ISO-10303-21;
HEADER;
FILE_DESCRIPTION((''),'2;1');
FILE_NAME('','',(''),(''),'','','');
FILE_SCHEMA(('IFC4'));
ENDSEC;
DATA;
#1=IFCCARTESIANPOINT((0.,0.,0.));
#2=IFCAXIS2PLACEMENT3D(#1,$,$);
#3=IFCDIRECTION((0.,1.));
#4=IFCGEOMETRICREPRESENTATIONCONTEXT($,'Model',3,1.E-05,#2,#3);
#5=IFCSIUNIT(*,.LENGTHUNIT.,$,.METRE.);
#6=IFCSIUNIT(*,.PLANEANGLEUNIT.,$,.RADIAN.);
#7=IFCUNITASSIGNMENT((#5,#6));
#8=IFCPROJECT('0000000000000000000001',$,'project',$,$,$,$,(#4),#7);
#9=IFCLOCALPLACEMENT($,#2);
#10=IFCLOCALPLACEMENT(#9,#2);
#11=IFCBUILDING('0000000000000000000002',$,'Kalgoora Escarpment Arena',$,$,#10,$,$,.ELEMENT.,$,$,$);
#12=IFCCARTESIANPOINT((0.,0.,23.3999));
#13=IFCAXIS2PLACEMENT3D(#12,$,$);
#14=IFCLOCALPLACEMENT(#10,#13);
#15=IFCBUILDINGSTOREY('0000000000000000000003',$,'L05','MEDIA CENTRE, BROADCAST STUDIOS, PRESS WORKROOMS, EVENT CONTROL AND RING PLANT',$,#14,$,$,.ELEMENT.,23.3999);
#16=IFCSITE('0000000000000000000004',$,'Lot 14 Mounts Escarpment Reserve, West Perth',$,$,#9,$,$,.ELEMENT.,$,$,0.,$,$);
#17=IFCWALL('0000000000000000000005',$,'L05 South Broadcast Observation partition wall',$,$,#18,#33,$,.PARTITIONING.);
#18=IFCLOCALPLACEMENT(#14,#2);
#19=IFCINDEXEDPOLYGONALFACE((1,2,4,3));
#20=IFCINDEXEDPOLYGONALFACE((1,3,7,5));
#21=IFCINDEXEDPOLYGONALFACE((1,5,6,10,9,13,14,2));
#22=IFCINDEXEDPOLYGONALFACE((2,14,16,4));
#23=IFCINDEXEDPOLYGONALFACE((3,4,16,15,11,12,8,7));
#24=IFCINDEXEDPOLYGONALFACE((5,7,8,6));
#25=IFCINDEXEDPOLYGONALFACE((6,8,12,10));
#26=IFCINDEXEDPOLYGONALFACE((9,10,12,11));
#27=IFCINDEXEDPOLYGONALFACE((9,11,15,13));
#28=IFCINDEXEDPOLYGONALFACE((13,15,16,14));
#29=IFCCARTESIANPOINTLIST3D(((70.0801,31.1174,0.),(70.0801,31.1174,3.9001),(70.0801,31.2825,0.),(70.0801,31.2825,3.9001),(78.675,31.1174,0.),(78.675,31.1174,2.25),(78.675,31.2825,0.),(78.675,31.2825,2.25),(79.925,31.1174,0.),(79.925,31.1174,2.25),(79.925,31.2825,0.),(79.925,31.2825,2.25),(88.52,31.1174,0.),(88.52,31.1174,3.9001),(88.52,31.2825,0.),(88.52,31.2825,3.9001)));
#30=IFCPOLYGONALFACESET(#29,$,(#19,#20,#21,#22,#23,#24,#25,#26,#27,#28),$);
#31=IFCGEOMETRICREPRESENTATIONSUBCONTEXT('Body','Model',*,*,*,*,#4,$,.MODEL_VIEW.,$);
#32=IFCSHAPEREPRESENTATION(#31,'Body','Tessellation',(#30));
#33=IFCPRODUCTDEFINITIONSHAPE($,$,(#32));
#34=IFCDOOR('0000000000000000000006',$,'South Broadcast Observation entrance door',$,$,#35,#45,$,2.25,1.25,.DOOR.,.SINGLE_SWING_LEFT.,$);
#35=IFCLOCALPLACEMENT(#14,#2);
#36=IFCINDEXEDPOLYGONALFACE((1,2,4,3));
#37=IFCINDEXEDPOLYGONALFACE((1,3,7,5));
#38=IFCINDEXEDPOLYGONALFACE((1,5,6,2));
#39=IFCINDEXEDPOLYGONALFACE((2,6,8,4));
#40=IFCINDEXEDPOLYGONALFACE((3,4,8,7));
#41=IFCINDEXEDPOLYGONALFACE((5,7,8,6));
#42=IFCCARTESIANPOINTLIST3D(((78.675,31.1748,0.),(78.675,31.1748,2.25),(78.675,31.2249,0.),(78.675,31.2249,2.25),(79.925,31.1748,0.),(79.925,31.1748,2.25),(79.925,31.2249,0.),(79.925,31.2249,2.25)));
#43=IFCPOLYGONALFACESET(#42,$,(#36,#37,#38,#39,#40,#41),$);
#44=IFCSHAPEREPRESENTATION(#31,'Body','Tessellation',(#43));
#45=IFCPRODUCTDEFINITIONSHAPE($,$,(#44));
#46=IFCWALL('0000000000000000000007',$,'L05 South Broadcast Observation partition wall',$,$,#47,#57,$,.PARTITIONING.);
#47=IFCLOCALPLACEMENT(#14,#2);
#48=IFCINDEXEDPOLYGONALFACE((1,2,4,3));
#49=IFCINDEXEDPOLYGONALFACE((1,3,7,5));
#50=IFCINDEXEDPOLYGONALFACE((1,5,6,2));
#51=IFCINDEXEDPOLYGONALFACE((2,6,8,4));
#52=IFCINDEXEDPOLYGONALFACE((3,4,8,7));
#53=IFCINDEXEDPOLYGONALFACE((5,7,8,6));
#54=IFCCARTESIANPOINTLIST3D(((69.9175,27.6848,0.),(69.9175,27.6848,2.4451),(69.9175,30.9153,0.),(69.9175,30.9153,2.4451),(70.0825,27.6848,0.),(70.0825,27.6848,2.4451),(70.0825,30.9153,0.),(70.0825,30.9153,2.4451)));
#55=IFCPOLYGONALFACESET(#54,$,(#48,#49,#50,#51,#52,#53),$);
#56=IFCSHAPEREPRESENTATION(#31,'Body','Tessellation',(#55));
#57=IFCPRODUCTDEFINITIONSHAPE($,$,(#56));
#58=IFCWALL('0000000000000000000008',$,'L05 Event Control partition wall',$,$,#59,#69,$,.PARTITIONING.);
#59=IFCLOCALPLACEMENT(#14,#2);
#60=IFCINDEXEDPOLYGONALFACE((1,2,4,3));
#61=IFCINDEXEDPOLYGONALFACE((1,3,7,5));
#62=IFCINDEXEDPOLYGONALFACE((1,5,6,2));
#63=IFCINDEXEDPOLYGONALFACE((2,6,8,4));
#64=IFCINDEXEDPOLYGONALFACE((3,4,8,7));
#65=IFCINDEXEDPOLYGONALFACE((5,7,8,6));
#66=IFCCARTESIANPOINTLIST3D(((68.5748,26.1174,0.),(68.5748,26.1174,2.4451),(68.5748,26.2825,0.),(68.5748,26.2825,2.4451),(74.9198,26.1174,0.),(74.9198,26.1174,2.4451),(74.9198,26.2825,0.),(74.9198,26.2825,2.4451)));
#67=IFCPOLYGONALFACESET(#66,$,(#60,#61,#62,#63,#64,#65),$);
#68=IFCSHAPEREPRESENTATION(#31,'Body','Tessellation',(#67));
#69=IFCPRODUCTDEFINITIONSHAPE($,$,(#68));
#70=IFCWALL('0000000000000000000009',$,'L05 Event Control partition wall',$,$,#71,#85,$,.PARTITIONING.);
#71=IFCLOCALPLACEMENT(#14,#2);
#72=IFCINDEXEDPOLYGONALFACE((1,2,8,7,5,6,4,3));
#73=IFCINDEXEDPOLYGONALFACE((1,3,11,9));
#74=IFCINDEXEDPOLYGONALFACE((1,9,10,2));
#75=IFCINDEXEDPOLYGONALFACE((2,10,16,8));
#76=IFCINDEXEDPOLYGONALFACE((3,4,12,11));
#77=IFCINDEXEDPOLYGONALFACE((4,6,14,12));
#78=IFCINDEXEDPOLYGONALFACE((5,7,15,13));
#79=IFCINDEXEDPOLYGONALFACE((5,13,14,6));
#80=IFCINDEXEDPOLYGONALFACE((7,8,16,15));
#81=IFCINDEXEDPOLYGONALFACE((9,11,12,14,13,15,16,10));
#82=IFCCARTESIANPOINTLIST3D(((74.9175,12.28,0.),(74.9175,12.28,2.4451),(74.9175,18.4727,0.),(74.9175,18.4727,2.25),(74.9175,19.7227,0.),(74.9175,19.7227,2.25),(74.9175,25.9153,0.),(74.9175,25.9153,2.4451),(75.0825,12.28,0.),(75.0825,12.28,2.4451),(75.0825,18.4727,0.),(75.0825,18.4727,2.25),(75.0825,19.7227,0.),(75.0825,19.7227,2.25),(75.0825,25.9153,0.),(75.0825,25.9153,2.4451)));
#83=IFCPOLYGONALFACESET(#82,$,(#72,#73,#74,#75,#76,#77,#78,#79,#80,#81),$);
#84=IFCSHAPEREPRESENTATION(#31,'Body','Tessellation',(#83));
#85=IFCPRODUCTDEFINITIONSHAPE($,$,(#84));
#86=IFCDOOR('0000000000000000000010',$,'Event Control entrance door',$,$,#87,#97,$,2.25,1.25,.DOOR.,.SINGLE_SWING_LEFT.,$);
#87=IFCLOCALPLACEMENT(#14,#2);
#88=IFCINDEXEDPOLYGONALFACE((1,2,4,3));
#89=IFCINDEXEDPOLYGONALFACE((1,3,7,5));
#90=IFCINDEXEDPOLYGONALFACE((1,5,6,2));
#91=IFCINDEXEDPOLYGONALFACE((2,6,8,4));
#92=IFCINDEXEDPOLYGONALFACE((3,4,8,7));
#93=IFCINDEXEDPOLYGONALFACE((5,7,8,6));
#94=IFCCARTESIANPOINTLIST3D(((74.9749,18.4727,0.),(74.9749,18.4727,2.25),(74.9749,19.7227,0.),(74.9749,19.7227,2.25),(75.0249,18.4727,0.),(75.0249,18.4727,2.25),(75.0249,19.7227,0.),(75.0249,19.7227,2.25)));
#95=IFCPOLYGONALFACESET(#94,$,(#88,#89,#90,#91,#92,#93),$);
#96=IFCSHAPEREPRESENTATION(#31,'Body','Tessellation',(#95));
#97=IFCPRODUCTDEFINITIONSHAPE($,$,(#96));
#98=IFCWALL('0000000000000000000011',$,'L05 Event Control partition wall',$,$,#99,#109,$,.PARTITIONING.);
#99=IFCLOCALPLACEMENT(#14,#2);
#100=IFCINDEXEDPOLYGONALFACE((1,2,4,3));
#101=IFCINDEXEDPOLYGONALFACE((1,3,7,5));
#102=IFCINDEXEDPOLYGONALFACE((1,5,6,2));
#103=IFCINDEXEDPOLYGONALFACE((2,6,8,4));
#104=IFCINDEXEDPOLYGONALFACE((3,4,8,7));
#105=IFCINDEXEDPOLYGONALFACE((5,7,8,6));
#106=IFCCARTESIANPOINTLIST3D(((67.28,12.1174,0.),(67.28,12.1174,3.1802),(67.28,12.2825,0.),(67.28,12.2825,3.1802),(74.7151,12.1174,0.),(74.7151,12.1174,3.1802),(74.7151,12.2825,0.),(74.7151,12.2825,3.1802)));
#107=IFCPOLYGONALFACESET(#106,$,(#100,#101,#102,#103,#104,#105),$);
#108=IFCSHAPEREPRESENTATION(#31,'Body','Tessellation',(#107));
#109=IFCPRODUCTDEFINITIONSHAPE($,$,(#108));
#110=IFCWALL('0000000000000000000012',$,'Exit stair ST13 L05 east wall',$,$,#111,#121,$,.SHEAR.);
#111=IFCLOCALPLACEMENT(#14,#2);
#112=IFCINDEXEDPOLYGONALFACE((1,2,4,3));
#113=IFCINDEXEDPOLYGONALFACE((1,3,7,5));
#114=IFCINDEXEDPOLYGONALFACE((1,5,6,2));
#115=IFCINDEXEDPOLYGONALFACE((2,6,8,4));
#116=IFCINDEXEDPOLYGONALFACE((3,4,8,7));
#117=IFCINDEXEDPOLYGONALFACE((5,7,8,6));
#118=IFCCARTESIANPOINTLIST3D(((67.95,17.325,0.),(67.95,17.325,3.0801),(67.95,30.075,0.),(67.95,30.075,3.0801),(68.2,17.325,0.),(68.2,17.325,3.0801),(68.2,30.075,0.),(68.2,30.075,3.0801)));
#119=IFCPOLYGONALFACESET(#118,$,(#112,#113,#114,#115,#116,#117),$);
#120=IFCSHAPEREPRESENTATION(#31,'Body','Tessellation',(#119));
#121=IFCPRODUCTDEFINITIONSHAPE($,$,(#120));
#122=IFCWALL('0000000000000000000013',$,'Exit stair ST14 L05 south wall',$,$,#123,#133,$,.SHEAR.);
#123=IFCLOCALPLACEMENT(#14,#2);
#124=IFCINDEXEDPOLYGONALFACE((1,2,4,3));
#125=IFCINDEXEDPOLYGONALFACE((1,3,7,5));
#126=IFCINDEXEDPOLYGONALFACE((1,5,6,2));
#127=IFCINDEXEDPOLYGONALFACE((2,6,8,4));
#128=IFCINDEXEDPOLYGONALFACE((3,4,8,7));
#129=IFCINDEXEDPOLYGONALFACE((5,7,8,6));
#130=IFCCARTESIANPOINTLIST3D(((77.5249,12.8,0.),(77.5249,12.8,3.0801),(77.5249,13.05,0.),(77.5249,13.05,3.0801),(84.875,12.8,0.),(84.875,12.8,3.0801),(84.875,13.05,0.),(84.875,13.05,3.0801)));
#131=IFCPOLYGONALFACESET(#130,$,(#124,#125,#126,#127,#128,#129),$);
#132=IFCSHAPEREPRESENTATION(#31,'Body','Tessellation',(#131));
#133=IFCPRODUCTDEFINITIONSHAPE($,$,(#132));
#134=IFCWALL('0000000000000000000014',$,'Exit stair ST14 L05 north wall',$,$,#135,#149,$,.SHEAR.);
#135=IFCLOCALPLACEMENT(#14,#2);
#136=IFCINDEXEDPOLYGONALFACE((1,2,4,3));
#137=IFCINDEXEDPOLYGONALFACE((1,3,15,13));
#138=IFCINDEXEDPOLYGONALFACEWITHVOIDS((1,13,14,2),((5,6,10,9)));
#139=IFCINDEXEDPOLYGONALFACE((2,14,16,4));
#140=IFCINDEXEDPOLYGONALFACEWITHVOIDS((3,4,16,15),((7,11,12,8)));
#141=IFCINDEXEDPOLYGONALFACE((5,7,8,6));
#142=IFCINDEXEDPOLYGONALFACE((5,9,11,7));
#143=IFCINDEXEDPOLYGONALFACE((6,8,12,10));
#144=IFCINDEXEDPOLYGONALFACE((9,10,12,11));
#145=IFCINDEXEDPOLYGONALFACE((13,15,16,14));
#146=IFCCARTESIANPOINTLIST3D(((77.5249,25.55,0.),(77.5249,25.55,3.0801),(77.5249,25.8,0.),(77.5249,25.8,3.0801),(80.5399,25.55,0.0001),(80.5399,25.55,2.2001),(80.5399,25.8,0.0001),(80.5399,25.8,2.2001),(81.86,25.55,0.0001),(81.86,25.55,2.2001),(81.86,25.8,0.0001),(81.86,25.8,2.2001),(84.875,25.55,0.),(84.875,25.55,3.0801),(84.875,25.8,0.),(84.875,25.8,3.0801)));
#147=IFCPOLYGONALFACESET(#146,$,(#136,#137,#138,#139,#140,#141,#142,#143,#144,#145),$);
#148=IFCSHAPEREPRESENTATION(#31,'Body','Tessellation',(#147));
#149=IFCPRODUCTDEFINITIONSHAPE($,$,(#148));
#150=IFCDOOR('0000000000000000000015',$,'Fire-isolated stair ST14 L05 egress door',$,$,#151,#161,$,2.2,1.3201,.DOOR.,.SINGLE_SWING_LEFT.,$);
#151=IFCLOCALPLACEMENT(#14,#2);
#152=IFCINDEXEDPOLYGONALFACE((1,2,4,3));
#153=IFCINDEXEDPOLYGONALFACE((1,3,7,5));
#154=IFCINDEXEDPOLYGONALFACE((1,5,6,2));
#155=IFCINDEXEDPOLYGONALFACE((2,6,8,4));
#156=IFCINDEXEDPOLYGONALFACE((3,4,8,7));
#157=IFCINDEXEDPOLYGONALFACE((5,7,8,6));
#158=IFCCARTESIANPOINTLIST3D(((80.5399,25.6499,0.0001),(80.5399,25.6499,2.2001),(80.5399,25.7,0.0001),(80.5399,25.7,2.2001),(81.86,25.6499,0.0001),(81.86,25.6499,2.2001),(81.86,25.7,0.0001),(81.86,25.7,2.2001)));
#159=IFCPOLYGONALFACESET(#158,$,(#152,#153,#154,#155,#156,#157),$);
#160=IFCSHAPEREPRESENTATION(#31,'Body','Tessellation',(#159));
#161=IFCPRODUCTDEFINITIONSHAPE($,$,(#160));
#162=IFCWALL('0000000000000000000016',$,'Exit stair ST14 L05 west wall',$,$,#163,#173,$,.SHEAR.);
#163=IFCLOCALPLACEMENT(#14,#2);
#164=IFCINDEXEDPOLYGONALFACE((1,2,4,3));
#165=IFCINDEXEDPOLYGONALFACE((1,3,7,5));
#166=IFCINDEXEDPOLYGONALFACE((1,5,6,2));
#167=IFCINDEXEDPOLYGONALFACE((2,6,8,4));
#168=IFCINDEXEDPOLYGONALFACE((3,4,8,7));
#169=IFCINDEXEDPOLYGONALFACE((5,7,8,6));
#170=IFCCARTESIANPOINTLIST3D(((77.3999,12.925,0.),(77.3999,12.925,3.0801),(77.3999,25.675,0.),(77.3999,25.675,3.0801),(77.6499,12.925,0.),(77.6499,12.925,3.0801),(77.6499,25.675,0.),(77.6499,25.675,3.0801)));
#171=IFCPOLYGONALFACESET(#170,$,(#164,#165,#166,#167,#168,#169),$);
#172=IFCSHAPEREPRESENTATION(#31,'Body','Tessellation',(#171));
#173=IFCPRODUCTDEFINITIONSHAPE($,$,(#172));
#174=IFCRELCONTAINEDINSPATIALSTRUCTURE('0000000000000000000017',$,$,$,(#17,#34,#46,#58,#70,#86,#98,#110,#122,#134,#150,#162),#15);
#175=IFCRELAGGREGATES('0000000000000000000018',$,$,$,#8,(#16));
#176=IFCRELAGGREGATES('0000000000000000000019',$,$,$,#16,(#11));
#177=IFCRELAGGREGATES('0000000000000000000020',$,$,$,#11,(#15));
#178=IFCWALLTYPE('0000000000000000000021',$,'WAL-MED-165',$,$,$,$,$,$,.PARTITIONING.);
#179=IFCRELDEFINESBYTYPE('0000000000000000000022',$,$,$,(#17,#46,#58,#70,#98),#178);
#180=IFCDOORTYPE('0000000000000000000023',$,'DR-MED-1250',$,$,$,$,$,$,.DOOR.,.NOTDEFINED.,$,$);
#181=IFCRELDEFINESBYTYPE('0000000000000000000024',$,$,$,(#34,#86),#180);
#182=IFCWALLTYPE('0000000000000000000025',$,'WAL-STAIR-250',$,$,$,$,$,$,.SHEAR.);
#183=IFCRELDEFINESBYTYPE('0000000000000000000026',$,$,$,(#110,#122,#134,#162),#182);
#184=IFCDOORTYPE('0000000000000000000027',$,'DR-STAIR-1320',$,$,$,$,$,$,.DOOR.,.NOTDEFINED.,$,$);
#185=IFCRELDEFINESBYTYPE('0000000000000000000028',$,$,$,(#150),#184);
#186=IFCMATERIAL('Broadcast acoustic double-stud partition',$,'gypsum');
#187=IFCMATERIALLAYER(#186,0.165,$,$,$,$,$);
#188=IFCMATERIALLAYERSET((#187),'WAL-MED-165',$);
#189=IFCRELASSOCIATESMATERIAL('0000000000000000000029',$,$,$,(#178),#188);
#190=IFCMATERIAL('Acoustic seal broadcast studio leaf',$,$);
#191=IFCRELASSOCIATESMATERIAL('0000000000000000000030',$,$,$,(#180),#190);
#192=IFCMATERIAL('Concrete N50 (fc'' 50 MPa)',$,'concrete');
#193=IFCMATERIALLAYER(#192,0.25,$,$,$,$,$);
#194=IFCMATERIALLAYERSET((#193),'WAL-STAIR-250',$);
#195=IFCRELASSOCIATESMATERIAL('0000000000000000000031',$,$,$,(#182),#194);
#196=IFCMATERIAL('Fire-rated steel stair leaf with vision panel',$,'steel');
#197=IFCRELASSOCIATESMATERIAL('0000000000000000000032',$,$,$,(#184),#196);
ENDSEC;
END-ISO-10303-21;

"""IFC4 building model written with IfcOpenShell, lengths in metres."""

from ifc_helpers import new_model, si_unit, direction, frame, frame_2d, origin, place, context, subcontext, project, spatial, rectangle, extrude, material, layer, layer_set, type_object, element, fill, save


model = new_model("IFC4")

# Units and contexts
model_context = context("Model", 3, precision=1e-05, world=origin(), true_north=direction((0.0, 1.0)))
body_context = subcontext(model_context, "Body", "Model", "MODEL_VIEW")
ifc_project = project(units=[si_unit("LENGTHUNIT", "METRE"), si_unit("PLANEANGLEUNIT", "RADIAN")], contexts=[model_context])

# Site, building, storey
site_placement = place(None, origin())
site = spatial("IfcSite", under=ifc_project, at=site_placement, Name="Lot 14 Mounts Escarpment Reserve, West Perth", CompositionType="ELEMENT", RefElevation=0.0)
building_placement = place(site_placement, origin())
building = spatial("IfcBuilding", under=site, at=building_placement, Name="Kalgoora Escarpment Arena", CompositionType="ELEMENT")
storey_placement = place(building_placement, frame((0.0, 0.0, 23.3999)))
storey = spatial("IfcBuildingStorey", under=building, at=storey_placement, Name="L05", Description="MEDIA CENTRE, BROADCAST STUDIOS, PRESS WORKROOMS, EVENT CONTROL AND RING PLANT", CompositionType="ELEMENT", Elevation=23.3999)

# Wall, opening, door
ifc_material_1 = material(Name="Broadcast acoustic double-stud partition", Category="gypsum")
ifc_layer_1 = layer(ifc_material_1, 0.165)
ifc_layer_set_1 = layer_set([ifc_layer_1], Name="WAL-MED-165")
wall_type_1 = type_object("IfcWallType", Name="WAL-MED-165", PredefinedType="PARTITIONING", material=ifc_layer_set_1)
wall_1_placement = place(storey_placement, frame((70.0801, 31.2, 0.0), z_axis=(0.0, 0.0, 1.0), x_axis=(1.0, 0.0, 0.0)))
wall_1 = element("IfcWall", 1, at=wall_1_placement, inside=storey, type_object=wall_type_1, Name="L05 South Broadcast Observation partition wall", PredefinedType="PARTITIONING", context=body_context, shape_type="SweptSolid", body=[
    extrude(rectangle(XDim=18.4399, YDim=0.165, at=frame_2d((9.22, 0.0))), origin(), (0.0, 0.0, 1.0), 3.9001),
])
opening_1_placement = place(wall_1_placement, frame((8.595, 0.0, 0.0)))
opening_1 = element("IfcOpeningElement", 2, at=opening_1_placement, cuts=wall_1, PredefinedType="OPENING", context=body_context, shape_type="SweptSolid", body=[
    extrude(rectangle(XDim=1.25, YDim=2.25, at=frame_2d((0.625, 1.125))), frame((0.0, 0.0925, 0.0), z_axis=(0.0, -1.0, 0.0), x_axis=(1.0, 0.0, 0.0)), (0.0, 0.0, 1.0), 0.1851),
])
ifc_material_2 = material(Name="Acoustic seal broadcast studio leaf")
door_type_1 = type_object("IfcDoorType", Name="DR-MED-1250", OperationType="NOTDEFINED", PredefinedType="DOOR", material=ifc_material_2)
door_1_placement = place(opening_1_placement, origin())
door_1 = element("IfcDoor", 3, at=door_1_placement, inside=storey, type_object=door_type_1, Name="South Broadcast Observation entrance door", OperationType="SINGLE_SWING_LEFT", OverallHeight=2.25, OverallWidth=1.25, PredefinedType="DOOR", context=body_context, shape_type="SweptSolid", body=[
    extrude(rectangle(XDim=1.25, YDim=2.25, at=frame_2d((0.625, 1.125))), frame((0.0, 0.0249, 0.0), z_axis=(0.0, -1.0, 0.0), x_axis=(1.0, 0.0, 0.0)), (0.0, 0.0, 1.0), 0.05),
])
fill(opening_1, door_1)

# Walls
wall_2_placement = place(storey_placement, frame((70.0, 27.6848, 0.0), z_axis=(0.0, 0.0, 1.0), x_axis=(0.0, 1.0, 0.0)))
element("IfcWall", 4, at=wall_2_placement, inside=storey, type_object=wall_type_1, Name="L05 South Broadcast Observation partition wall", PredefinedType="PARTITIONING", context=body_context, shape_type="SweptSolid", body=[
    extrude(rectangle(XDim=3.2305, YDim=0.165, at=frame_2d((1.6152, 0.0))), origin(), (0.0, 0.0, 1.0), 2.4451),
])
wall_3_placement = place(storey_placement, frame((68.575, 26.2, 0.0), z_axis=(0.0, 0.0, 1.0), x_axis=(1.0, 0.0, 0.0)))
element("IfcWall", 5, at=wall_3_placement, inside=storey, type_object=wall_type_1, Name="L05 Event Control partition wall", PredefinedType="PARTITIONING", context=body_context, shape_type="SweptSolid", body=[
    extrude(rectangle(XDim=6.345, YDim=0.165, at=frame_2d((3.1724, 0.0))), origin(), (0.0, 0.0, 1.0), 2.4451),
])

# Wall, opening, door
wall_4_placement = place(storey_placement, frame((75.0, 25.9153, 0.0), z_axis=(0.0, 0.0, 1.0), x_axis=(0.0, -1.0, 0.0)))
wall_4 = element("IfcWall", 6, at=wall_4_placement, inside=storey, type_object=wall_type_1, Name="L05 Event Control partition wall", PredefinedType="PARTITIONING", context=body_context, shape_type="SweptSolid", body=[
    extrude(rectangle(XDim=13.6353, YDim=0.165, at=frame_2d((6.8176, 0.0))), origin(), (0.0, 0.0, 1.0), 2.4451),
])
opening_2_placement = place(wall_4_placement, frame((6.1926, 0.0, 0.0)))
opening_2 = element("IfcOpeningElement", 7, at=opening_2_placement, cuts=wall_4, PredefinedType="OPENING", context=body_context, shape_type="SweptSolid", body=[
    extrude(rectangle(XDim=1.25, YDim=2.25, at=frame_2d((0.625, 1.125))), frame((0.0, 0.0925, 0.0), z_axis=(0.0, -1.0, 0.0), x_axis=(1.0, 0.0, 0.0)), (0.0, 0.0, 1.0), 0.1851),
])
door_2_placement = place(opening_2_placement, origin())
door_2 = element("IfcDoor", 8, at=door_2_placement, inside=storey, type_object=door_type_1, Name="Event Control entrance door", OperationType="SINGLE_SWING_LEFT", OverallHeight=2.25, OverallWidth=1.25, PredefinedType="DOOR", context=body_context, shape_type="SweptSolid", body=[
    extrude(rectangle(XDim=1.25, YDim=2.25, at=frame_2d((0.625, 1.125))), frame((0.0, 0.0249, 0.0), z_axis=(0.0, -1.0, 0.0), x_axis=(1.0, 0.0, 0.0)), (0.0, 0.0, 1.0), 0.05),
])
fill(opening_2, door_2)

# Walls
wall_5_placement = place(storey_placement, frame((74.7151, 12.2, 0.0), z_axis=(0.0, 0.0, 1.0), x_axis=(-1.0, 0.0, 0.0)))
element("IfcWall", 9, at=wall_5_placement, inside=storey, type_object=wall_type_1, Name="L05 Event Control partition wall", PredefinedType="PARTITIONING", context=body_context, shape_type="SweptSolid", body=[
    extrude(rectangle(XDim=7.4351, YDim=0.165, at=frame_2d((3.7175, 0.0))), origin(), (0.0, 0.0, 1.0), 3.1802),
])
ifc_material_3 = material(Name="Concrete N50 (fc' 50 MPa)", Category="concrete")
ifc_layer_2 = layer(ifc_material_3, 0.25)
ifc_layer_set_2 = layer_set([ifc_layer_2], Name="WAL-STAIR-250")
wall_type_2 = type_object("IfcWallType", Name="WAL-STAIR-250", PredefinedType="SHEAR", material=ifc_layer_set_2)
wall_6_placement = place(storey_placement, frame((68.075, 17.325, 0.0), z_axis=(0.0, 0.0, 1.0), x_axis=(0.0, 1.0, 0.0)))
element("IfcWall", 10, at=wall_6_placement, inside=storey, type_object=wall_type_2, Name="Exit stair ST13 L05 east wall", PredefinedType="SHEAR", context=body_context, shape_type="SweptSolid", body=[
    extrude(rectangle(XDim=12.75, YDim=0.25, at=frame_2d((6.375, 0.0))), origin(), (0.0, 0.0, 1.0), 3.0801),
])
wall_7_placement = place(storey_placement, frame((77.5249, 12.925, 0.0), z_axis=(0.0, 0.0, 1.0), x_axis=(1.0, 0.0, 0.0)))
element("IfcWall", 11, at=wall_7_placement, inside=storey, type_object=wall_type_2, Name="Exit stair ST14 L05 south wall", PredefinedType="SHEAR", context=body_context, shape_type="SweptSolid", body=[
    extrude(rectangle(XDim=7.3501, YDim=0.25, at=frame_2d((3.675, 0.0))), origin(), (0.0, 0.0, 1.0), 3.0801),
])

# Wall, opening, door
wall_8_placement = place(storey_placement, frame((77.5249, 25.675, 0.0), z_axis=(0.0, 0.0, 1.0), x_axis=(1.0, 0.0, 0.0)))
wall_8 = element("IfcWall", 12, at=wall_8_placement, inside=storey, type_object=wall_type_2, Name="Exit stair ST14 L05 north wall", PredefinedType="SHEAR", context=body_context, shape_type="SweptSolid", body=[
    extrude(rectangle(XDim=7.3501, YDim=0.25, at=frame_2d((3.675, 0.0))), origin(), (0.0, 0.0, 1.0), 3.0801),
])
opening_3_placement = place(wall_8_placement, frame((3.0149, 0.0, 0.0)))
opening_3 = element("IfcOpeningElement", 13, at=opening_3_placement, cuts=wall_8, PredefinedType="OPENING", context=body_context, shape_type="SweptSolid", body=[
    extrude(rectangle(XDim=1.3201, YDim=2.2, at=frame_2d((0.6602, 1.1001))), frame((0.0, 0.135, 0.0), z_axis=(0.0, -1.0, 0.0), x_axis=(1.0, 0.0, 0.0)), (0.0, 0.0, 1.0), 0.27),
])
ifc_material_4 = material(Name="Fire-rated steel stair leaf with vision panel", Category="steel")
door_type_2 = type_object("IfcDoorType", Name="DR-STAIR-1320", OperationType="NOTDEFINED", PredefinedType="DOOR", material=ifc_material_4)
door_3_placement = place(opening_3_placement, origin())
door_3 = element("IfcDoor", 14, at=door_3_placement, inside=storey, type_object=door_type_2, Name="Fire-isolated stair ST14 L05 egress door", OperationType="SINGLE_SWING_LEFT", OverallHeight=2.2, OverallWidth=1.3201, PredefinedType="DOOR", context=body_context, shape_type="SweptSolid", body=[
    extrude(rectangle(XDim=1.3201, YDim=2.2, at=frame_2d((0.6602, 1.1001))), frame((0.0, 0.0249, 0.0), z_axis=(0.0, -1.0, 0.0), x_axis=(1.0, 0.0, 0.0)), (0.0, 0.0, 1.0), 0.05),
])
fill(opening_3, door_3)

# Wall
wall_9_placement = place(storey_placement, frame((77.5249, 12.925, 0.0), z_axis=(0.0, 0.0, 1.0), x_axis=(0.0, 1.0, 0.0)))
element("IfcWall", 15, at=wall_9_placement, inside=storey, type_object=wall_type_2, Name="Exit stair ST14 L05 west wall", PredefinedType="SHEAR", context=body_context, shape_type="SweptSolid", body=[
    extrude(rectangle(XDim=12.75, YDim=0.25, at=frame_2d((6.375, 0.0))), origin(), (0.0, 0.0, 1.0), 3.0801),
])

save(model, "model.ifc")
